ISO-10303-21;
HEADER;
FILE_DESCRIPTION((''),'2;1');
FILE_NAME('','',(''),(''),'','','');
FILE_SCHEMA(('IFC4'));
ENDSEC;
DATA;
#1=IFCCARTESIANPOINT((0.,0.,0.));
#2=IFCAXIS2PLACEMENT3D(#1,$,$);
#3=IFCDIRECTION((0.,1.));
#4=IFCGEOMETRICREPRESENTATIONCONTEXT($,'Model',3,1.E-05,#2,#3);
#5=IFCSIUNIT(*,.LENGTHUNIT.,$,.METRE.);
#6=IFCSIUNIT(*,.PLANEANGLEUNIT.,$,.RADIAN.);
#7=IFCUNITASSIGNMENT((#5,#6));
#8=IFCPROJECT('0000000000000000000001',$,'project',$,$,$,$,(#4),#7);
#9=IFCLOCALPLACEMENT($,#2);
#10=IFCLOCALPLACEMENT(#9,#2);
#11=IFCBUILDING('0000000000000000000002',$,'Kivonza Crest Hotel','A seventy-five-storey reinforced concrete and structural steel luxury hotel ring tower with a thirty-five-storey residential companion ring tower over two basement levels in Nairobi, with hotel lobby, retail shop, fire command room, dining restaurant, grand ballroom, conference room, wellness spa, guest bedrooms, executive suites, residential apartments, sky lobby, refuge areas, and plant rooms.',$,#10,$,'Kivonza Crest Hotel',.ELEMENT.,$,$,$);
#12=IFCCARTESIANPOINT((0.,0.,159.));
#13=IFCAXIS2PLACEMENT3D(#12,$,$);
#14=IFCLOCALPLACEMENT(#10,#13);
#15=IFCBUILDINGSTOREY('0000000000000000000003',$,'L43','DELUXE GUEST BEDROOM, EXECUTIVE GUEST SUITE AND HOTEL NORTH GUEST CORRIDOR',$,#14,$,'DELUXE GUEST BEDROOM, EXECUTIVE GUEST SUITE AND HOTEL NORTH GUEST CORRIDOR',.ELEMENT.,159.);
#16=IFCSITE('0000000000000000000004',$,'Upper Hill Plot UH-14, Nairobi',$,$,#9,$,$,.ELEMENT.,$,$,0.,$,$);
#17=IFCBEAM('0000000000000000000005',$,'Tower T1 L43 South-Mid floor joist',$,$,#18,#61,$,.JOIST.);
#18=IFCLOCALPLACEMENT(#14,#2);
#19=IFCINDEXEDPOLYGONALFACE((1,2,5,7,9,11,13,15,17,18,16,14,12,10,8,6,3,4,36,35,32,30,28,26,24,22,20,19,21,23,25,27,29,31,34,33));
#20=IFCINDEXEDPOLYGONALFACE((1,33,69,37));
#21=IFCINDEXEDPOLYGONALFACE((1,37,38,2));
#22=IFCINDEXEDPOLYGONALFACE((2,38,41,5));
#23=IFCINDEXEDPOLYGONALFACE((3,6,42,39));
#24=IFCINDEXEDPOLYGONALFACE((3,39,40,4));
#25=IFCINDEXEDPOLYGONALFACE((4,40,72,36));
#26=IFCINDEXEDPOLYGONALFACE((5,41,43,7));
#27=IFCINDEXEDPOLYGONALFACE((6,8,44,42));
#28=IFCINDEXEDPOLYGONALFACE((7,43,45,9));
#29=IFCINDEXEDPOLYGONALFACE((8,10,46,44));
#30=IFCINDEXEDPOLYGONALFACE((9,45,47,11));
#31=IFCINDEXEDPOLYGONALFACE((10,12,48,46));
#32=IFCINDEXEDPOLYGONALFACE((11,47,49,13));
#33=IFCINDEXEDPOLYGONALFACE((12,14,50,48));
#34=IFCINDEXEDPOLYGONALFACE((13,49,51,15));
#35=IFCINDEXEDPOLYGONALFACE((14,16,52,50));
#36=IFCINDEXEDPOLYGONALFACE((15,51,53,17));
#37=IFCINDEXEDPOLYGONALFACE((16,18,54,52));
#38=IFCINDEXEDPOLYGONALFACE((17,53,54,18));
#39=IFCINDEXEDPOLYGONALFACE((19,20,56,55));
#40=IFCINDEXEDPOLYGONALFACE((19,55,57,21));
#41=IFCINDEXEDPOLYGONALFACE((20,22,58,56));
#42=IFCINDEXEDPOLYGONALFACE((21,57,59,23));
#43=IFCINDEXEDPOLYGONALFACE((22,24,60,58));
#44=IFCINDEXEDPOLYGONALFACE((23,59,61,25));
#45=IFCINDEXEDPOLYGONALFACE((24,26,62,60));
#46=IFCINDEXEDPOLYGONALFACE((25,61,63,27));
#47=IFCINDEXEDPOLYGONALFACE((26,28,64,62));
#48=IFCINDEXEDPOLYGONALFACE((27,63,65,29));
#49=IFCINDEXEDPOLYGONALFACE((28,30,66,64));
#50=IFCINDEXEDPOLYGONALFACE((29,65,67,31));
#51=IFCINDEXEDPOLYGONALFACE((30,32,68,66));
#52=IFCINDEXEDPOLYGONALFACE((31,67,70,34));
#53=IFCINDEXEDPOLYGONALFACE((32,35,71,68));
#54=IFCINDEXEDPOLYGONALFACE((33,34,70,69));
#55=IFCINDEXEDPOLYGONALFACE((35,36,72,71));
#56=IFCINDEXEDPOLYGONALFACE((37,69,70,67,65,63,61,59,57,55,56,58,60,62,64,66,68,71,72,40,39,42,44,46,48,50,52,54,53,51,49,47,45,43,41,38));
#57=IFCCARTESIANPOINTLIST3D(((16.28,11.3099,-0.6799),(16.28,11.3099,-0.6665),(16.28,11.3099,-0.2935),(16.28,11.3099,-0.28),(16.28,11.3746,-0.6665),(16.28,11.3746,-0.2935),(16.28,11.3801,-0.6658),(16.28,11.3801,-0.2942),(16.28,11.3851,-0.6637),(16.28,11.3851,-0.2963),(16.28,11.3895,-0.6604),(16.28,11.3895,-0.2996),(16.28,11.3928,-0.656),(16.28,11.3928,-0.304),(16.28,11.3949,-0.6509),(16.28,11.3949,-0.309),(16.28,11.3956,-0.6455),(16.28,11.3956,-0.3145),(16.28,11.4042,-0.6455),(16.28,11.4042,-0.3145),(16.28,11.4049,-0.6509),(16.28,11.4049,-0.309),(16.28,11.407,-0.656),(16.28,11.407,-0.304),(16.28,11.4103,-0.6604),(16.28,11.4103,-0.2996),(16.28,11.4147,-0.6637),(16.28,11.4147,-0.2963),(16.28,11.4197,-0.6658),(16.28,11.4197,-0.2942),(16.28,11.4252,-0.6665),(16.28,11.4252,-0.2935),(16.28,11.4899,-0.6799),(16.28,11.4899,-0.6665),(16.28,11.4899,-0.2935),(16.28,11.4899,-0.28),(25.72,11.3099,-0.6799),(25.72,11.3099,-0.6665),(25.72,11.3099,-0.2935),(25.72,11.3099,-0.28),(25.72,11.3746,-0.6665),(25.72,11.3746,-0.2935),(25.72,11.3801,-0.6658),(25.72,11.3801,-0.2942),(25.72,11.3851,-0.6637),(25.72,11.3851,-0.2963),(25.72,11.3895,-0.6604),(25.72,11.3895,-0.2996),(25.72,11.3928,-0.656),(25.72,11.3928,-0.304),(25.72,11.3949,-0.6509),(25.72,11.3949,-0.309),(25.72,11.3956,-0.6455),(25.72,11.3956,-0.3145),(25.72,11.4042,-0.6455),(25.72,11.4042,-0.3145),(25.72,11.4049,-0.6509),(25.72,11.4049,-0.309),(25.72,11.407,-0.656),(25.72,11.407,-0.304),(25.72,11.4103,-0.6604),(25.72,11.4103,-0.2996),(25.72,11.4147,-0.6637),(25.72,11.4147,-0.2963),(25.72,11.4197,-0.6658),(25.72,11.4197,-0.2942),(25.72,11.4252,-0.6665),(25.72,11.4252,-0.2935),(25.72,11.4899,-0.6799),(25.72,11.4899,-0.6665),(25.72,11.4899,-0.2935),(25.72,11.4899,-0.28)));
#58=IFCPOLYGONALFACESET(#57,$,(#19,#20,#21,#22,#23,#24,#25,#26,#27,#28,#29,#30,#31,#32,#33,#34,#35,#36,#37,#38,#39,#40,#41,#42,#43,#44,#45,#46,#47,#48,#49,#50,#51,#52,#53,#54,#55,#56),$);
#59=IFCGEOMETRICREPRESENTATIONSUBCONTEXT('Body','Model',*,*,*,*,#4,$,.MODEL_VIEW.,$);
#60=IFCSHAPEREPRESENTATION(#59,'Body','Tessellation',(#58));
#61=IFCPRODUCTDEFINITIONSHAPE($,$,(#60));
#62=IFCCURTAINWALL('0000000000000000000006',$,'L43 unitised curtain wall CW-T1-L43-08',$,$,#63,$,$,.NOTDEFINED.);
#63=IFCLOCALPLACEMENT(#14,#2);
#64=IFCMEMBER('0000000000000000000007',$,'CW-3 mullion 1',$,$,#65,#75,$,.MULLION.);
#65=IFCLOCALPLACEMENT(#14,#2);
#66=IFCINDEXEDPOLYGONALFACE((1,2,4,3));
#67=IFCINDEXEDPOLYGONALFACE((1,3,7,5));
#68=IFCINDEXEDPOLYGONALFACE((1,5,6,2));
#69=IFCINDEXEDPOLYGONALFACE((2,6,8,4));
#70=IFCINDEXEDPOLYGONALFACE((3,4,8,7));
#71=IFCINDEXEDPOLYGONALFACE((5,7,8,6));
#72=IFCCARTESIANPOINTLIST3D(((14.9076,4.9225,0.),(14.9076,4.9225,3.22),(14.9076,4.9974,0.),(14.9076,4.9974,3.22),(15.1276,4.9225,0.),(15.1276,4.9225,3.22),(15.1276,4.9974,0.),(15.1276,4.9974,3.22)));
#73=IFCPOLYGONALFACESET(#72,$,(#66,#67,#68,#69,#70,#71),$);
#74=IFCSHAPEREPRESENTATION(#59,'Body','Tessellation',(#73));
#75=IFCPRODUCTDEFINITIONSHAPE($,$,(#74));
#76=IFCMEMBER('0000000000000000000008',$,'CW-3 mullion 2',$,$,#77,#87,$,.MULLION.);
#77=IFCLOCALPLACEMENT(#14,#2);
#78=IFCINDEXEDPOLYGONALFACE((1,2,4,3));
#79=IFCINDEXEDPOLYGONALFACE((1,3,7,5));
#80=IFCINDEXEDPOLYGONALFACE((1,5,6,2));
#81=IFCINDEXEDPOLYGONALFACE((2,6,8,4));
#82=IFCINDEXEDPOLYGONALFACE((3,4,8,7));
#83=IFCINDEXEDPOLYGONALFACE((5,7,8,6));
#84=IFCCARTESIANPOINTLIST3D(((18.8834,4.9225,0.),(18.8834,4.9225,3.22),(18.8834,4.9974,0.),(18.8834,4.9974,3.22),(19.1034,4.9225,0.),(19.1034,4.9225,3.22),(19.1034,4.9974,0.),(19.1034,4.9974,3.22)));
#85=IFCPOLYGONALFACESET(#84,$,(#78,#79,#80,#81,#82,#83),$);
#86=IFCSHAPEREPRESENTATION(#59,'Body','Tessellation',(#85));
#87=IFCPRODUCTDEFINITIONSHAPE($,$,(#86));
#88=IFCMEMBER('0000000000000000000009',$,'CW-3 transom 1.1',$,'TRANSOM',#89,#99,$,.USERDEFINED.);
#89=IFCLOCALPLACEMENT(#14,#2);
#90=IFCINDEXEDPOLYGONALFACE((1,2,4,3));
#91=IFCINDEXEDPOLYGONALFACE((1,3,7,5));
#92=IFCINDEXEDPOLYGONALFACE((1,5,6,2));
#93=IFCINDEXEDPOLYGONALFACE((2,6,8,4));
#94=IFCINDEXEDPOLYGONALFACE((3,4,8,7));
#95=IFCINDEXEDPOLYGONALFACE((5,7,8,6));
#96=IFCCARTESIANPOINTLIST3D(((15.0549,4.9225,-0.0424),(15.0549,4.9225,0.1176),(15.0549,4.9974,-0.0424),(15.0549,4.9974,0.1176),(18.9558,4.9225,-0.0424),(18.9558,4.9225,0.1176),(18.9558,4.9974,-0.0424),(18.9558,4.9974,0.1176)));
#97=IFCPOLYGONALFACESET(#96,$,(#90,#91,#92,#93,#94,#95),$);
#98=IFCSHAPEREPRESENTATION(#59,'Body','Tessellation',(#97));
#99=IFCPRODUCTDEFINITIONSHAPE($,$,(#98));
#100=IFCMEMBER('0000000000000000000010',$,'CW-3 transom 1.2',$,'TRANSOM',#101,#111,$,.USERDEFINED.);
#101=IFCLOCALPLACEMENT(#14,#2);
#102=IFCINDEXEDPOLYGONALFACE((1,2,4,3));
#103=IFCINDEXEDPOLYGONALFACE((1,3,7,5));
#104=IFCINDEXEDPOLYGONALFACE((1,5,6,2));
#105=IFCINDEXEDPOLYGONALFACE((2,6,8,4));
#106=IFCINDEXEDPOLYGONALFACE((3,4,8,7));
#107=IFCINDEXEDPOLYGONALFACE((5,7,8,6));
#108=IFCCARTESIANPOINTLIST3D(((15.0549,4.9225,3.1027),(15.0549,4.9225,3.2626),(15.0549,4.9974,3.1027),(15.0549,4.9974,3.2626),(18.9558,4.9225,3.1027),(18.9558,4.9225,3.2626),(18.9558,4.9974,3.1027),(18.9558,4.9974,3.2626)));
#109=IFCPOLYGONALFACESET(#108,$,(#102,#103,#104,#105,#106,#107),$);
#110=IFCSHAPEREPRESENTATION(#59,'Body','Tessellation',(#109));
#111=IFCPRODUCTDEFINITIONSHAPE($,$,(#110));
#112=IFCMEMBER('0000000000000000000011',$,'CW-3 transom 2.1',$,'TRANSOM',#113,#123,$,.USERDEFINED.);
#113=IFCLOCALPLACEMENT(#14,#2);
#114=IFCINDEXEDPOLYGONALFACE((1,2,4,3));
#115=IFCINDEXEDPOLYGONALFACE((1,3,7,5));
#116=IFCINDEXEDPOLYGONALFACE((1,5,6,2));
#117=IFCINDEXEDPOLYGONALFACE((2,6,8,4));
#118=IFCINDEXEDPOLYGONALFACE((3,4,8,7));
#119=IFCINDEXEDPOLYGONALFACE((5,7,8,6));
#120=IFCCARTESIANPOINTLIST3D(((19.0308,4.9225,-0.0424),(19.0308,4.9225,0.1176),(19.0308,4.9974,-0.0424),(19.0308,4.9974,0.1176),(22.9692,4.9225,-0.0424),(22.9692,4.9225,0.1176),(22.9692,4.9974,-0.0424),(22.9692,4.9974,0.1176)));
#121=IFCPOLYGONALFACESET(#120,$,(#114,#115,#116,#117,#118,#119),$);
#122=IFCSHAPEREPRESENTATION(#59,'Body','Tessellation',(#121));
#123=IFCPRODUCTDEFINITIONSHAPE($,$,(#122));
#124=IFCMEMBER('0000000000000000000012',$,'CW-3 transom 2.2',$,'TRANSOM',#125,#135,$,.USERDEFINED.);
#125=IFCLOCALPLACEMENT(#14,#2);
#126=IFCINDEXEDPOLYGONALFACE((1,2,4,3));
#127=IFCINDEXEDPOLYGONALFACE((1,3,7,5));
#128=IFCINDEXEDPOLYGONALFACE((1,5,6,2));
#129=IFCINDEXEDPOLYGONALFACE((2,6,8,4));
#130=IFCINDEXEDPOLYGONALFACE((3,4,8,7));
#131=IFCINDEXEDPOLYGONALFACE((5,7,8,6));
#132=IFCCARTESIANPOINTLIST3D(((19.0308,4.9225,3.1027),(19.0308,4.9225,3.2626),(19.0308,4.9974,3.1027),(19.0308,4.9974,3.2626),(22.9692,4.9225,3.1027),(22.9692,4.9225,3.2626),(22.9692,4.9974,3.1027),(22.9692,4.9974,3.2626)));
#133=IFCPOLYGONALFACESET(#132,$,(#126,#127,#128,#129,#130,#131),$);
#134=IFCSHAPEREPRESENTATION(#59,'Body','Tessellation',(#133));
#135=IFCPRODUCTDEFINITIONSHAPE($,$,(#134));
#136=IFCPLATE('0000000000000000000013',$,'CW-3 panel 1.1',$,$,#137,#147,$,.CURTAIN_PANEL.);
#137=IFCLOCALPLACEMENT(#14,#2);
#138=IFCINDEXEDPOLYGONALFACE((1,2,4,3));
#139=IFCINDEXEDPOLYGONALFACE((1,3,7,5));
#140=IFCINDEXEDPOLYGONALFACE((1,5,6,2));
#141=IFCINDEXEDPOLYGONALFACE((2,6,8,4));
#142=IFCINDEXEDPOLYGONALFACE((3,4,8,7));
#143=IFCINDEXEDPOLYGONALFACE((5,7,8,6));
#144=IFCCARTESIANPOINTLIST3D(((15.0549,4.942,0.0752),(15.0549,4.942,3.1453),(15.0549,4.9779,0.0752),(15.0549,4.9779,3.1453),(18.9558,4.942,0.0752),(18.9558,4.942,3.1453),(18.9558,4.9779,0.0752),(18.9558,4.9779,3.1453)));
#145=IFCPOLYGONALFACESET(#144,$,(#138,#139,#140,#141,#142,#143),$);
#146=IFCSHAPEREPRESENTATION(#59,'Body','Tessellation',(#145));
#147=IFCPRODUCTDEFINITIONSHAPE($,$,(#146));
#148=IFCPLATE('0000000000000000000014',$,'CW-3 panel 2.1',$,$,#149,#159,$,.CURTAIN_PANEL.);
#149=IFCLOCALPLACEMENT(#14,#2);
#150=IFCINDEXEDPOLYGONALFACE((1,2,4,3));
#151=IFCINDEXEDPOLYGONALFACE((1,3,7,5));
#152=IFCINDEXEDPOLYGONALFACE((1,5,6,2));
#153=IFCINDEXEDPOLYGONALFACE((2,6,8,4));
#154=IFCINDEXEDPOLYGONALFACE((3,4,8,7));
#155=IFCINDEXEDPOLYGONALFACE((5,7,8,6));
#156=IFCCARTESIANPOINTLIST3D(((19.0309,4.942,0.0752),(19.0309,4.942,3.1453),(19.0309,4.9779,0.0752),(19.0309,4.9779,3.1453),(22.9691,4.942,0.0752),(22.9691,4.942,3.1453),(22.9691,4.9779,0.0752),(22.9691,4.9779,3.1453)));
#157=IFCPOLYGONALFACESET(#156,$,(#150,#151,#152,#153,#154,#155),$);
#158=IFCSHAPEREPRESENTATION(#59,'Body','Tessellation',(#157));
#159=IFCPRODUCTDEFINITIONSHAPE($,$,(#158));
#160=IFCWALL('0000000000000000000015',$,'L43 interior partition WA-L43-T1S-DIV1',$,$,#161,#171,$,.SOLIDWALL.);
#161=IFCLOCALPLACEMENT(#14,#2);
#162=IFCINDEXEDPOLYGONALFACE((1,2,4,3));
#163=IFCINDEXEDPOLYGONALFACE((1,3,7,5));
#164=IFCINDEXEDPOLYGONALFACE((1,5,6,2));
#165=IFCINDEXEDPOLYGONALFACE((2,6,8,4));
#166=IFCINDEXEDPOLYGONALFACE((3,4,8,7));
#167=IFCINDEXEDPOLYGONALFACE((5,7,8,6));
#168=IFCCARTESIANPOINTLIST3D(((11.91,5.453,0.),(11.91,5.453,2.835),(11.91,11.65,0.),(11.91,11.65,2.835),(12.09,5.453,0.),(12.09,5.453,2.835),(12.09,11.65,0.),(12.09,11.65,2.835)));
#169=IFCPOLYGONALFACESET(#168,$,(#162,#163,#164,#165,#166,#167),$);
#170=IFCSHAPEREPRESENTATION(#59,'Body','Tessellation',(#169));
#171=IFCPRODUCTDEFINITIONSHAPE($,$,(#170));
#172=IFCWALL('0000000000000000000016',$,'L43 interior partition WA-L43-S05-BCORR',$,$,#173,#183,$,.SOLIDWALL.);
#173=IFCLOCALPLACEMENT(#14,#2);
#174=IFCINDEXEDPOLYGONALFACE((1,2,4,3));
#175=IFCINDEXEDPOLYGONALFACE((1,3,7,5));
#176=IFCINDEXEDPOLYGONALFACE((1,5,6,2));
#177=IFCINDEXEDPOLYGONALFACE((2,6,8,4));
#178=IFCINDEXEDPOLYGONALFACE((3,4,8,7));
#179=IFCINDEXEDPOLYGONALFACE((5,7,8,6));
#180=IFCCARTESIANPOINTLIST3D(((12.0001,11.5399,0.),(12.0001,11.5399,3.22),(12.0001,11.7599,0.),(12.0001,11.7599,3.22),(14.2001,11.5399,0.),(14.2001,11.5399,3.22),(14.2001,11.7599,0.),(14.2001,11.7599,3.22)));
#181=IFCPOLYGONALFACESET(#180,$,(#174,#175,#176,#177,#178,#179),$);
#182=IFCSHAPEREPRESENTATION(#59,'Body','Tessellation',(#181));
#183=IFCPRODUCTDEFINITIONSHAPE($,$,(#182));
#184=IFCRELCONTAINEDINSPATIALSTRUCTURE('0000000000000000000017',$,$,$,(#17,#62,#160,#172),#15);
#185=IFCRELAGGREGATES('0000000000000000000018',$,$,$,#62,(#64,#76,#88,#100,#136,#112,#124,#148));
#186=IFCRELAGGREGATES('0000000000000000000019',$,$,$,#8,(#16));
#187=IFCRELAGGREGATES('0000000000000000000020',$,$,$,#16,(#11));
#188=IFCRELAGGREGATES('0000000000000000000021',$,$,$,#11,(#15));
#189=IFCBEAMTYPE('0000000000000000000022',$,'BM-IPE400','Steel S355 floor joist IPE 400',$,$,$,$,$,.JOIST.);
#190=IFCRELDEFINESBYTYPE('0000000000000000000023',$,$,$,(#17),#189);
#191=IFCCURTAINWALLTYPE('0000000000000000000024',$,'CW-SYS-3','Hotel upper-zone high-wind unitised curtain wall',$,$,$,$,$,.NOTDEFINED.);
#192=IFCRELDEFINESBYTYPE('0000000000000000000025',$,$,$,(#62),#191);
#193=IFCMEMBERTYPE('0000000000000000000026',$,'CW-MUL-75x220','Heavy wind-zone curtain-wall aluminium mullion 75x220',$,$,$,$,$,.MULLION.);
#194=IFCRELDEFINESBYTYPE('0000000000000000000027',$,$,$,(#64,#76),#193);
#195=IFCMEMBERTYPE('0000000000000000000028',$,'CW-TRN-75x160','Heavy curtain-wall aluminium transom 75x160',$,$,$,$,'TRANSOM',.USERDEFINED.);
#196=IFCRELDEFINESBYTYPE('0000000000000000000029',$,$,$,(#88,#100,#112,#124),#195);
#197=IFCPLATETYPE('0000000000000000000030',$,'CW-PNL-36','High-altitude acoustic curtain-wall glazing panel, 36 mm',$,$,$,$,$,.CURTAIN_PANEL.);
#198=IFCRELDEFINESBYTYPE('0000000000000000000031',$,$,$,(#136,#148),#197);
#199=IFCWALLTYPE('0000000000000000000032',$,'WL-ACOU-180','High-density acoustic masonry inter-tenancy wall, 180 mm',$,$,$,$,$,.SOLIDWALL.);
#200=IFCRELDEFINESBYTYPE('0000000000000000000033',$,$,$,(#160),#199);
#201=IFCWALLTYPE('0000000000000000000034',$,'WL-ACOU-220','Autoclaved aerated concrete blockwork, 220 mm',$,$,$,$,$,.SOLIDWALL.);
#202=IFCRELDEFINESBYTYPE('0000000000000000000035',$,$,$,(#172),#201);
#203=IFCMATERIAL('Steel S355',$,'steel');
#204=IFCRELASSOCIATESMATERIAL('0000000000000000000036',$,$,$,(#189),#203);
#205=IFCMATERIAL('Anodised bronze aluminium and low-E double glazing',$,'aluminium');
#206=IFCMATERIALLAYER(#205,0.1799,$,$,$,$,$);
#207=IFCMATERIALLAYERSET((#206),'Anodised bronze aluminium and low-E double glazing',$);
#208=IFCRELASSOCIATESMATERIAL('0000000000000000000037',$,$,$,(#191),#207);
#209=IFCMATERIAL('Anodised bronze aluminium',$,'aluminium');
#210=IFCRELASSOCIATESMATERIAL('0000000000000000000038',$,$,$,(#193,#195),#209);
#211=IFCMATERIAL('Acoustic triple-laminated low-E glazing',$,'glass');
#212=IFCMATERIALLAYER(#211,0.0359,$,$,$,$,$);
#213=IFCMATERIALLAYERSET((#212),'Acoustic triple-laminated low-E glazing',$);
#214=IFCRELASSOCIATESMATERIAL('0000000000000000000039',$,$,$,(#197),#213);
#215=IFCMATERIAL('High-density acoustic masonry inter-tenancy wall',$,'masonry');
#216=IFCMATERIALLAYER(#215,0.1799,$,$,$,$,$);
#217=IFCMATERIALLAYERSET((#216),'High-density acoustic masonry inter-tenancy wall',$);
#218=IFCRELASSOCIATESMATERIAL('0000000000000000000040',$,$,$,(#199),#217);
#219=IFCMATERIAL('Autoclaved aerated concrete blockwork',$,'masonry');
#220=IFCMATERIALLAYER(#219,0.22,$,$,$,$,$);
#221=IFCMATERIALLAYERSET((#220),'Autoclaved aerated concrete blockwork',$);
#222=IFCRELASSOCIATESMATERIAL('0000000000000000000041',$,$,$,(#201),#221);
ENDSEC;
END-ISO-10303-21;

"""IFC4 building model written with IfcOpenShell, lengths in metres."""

from ifc_helpers import new_model, si_unit, direction, frame, frame_2d, origin, origin_2d, place, context, subcontext, project, spatial, rectangle, i_section, extrude, material, layer, layer_set, material_profile, profile_set, type_object, element, aggregate, save


model = new_model("IFC4")

# Units and contexts
model_context = context("Model", 3, precision=1e-05, world=origin(), true_north=direction((0.0, 1.0)))
body_context = subcontext(model_context, "Body", "Model", "MODEL_VIEW")
ifc_project = project(units=[si_unit("LENGTHUNIT", "METRE"), si_unit("PLANEANGLEUNIT", "RADIAN")], contexts=[model_context])

# Site, building, storey
site_placement = place(None, origin())
site = spatial("IfcSite", under=ifc_project, at=site_placement, Name="Upper Hill Plot UH-14, Nairobi", CompositionType="ELEMENT", RefElevation=0.0)
building_placement = place(site_placement, origin())
building = spatial("IfcBuilding", under=site, at=building_placement, Name="Kivonza Crest Hotel", Description="A seventy-five-storey reinforced concrete and structural steel luxury hotel ring tower with a thirty-five-storey residential companion ring tower over two basement levels in Nairobi, with hotel lobby, retail shop, fire command room, dining restaurant, grand ballroom, conference room, wellness spa, guest bedrooms, executive suites, residential apartments, sky lobby, refuge areas, and plant rooms.", LongName="Kivonza Crest Hotel", CompositionType="ELEMENT")
storey_placement = place(building_placement, frame((0.0, 0.0, 159.0)))
storey = spatial("IfcBuildingStorey", under=building, at=storey_placement, Name="L43", Description="DELUXE GUEST BEDROOM, EXECUTIVE GUEST SUITE AND HOTEL NORTH GUEST CORRIDOR", LongName="DELUXE GUEST BEDROOM, EXECUTIVE GUEST SUITE AND HOTEL NORTH GUEST CORRIDOR", CompositionType="ELEMENT", Elevation=159.0)

# Beam
ifc_material_1 = material(Name="Steel S355", Category="steel")
ifc_material_profile_1 = material_profile(ifc_material_1, i_section(OverallWidth=0.1799, OverallDepth=0.3999, WebThickness=0.0085, FlangeThickness=0.0134, FilletRadius=0.021, at=origin_2d()), Name="IPE 400")
ifc_profile_set_1 = profile_set([ifc_material_profile_1], Name="Steel S355")
beam_type_1 = type_object("IfcBeamType", Name="BM-IPE400", Description="Steel S355 floor joist IPE 400", PredefinedType="JOIST", material=ifc_profile_set_1)
beam_1_placement = place(storey_placement, frame((16.28, 11.3999, -0.48), z_axis=(1.0, 0.0, 0.0), x_axis=(0.0, 1.0, 0.0)))
element("IfcBeam", 1, at=beam_1_placement, inside=storey, type_object=beam_type_1, Name="Tower T1 L43 South-Mid floor joist", PredefinedType="JOIST", context=body_context, shape_type="SweptSolid", body=[
    extrude(i_section(OverallWidth=0.1799, OverallDepth=0.3999, WebThickness=0.0085, FlangeThickness=0.0134, FilletRadius=0.021, at=origin_2d()), origin(), (0.0, 0.0, 1.0), 9.4399),
])

# Curtain wall, members, plates
ifc_material_2 = material(Name="Anodised bronze aluminium and low-E double glazing", Category="aluminium")
ifc_layer_1 = layer(ifc_material_2, 0.1799)
ifc_layer_set_1 = layer_set([ifc_layer_1], Name="Anodised bronze aluminium and low-E double glazing")
curtain_wall_type = type_object("IfcCurtainWallType", Name="CW-SYS-3", Description="Hotel upper-zone high-wind unitised curtain wall", PredefinedType="NOTDEFINED", material=ifc_layer_set_1)
curtain_wall_placement = place(storey_placement, origin())
curtain_wall = element("IfcCurtainWall", 2, at=curtain_wall_placement, inside=storey, type_object=curtain_wall_type, Name="L43 unitised curtain wall CW-T1-L43-08", PredefinedType="NOTDEFINED")
ifc_material_3 = material(Name="Anodised bronze aluminium", Category="aluminium")
ifc_material_profile_2 = material_profile(ifc_material_3, rectangle(XDim=0.075, YDim=0.22, at=origin_2d()), Name="CW-M 75x220")
ifc_profile_set_2 = profile_set([ifc_material_profile_2], Name="Anodised bronze aluminium")
member_type_1 = type_object("IfcMemberType", Name="CW-MUL-75x220", Description="Heavy wind-zone curtain-wall aluminium mullion 75x220", PredefinedType="MULLION", material=ifc_profile_set_2)
member_1_placement = place(storey_placement, frame((15.0176, 4.96, 0.0), z_axis=(0.0, 0.0, 1.0), x_axis=(0.0, 1.0, 0.0)))
member_1 = element("IfcMember", 3, at=member_1_placement, type_object=member_type_1, Name="CW-3 mullion 1", PredefinedType="MULLION", context=body_context, shape_type="SweptSolid", body=[
    extrude(rectangle(XDim=0.075, YDim=0.22, at=origin_2d()), origin(), (0.0, 0.0, 1.0), 3.22),
])
member_2_placement = place(storey_placement, frame((18.9934, 4.96, 0.0), z_axis=(0.0, 0.0, 1.0), x_axis=(0.0, 1.0, 0.0)))
member_2 = element("IfcMember", 4, at=member_2_placement, type_object=member_type_1, Name="CW-3 mullion 2", PredefinedType="MULLION", context=body_context, shape_type="SweptSolid", body=[
    extrude(rectangle(XDim=0.075, YDim=0.22, at=origin_2d()), origin(), (0.0, 0.0, 1.0), 3.22),
])
ifc_material_profile_3 = material_profile(ifc_material_3, rectangle(XDim=0.075, YDim=0.1599, at=origin_2d()), Name="CW-T 75x160")
ifc_profile_set_3 = profile_set([ifc_material_profile_3], Name="Anodised bronze aluminium")
member_type_2 = type_object("IfcMemberType", Name="CW-TRN-75x160", Description="Heavy curtain-wall aluminium transom 75x160", ElementType="TRANSOM", PredefinedType="USERDEFINED", material=ifc_profile_set_3)
member_3_placement = place(storey_placement, frame((15.0549, 4.96, 0.0376), z_axis=(1.0, 0.0, 0.0), x_axis=(0.0, 1.0, 0.0)))
member_3 = element("IfcMember", 5, at=member_3_placement, type_object=member_type_2, Name="CW-3 transom 1.1", ObjectType="TRANSOM", PredefinedType="USERDEFINED", context=body_context, shape_type="SweptSolid", body=[
    extrude(rectangle(XDim=0.075, YDim=0.1599, at=origin_2d()), origin(), (0.0, 0.0, 1.0), 3.9009),
])
member_4_placement = place(storey_placement, frame((15.0549, 4.96, 3.1826), z_axis=(1.0, 0.0, 0.0), x_axis=(0.0, 1.0, 0.0)))
member_4 = element("IfcMember", 6, at=member_4_placement, type_object=member_type_2, Name="CW-3 transom 1.2", ObjectType="TRANSOM", PredefinedType="USERDEFINED", context=body_context, shape_type="SweptSolid", body=[
    extrude(rectangle(XDim=0.075, YDim=0.1599, at=origin_2d()), origin(), (0.0, 0.0, 1.0), 3.9009),
])
member_5_placement = place(storey_placement, frame((19.0308, 4.96, 0.0376), z_axis=(1.0, 0.0, 0.0), x_axis=(0.0, 1.0, 0.0)))
member_5 = element("IfcMember", 7, at=member_5_placement, type_object=member_type_2, Name="CW-3 transom 2.1", ObjectType="TRANSOM", PredefinedType="USERDEFINED", context=body_context, shape_type="SweptSolid", body=[
    extrude(rectangle(XDim=0.075, YDim=0.1599, at=origin_2d()), origin(), (0.0, 0.0, 1.0), 3.9385),
])
member_6_placement = place(storey_placement, frame((19.0308, 4.96, 3.1826), z_axis=(1.0, 0.0, 0.0), x_axis=(0.0, 1.0, 0.0)))
member_6 = element("IfcMember", 8, at=member_6_placement, type_object=member_type_2, Name="CW-3 transom 2.2", ObjectType="TRANSOM", PredefinedType="USERDEFINED", context=body_context, shape_type="SweptSolid", body=[
    extrude(rectangle(XDim=0.075, YDim=0.1599, at=origin_2d()), origin(), (0.0, 0.0, 1.0), 3.9385),
])
ifc_material_4 = material(Name="Acoustic triple-laminated low-E glazing", Category="glass")
ifc_layer_2 = layer(ifc_material_4, 0.0359)
ifc_layer_set_2 = layer_set([ifc_layer_2], Name="Acoustic triple-laminated low-E glazing")
plate_type = type_object("IfcPlateType", Name="CW-PNL-36", Description="High-altitude acoustic curtain-wall glazing panel, 36 mm", PredefinedType="CURTAIN_PANEL", material=ifc_layer_set_2)
plate_1_placement = place(storey_placement, frame((17.0054, 4.96, 0.0752), z_axis=(0.0, 0.0, 1.0), x_axis=(1.0, 0.0, 0.0)))
plate_1 = element("IfcPlate", 9, at=plate_1_placement, type_object=plate_type, Name="CW-3 panel 1.1", PredefinedType="CURTAIN_PANEL", context=body_context, shape_type="SweptSolid", body=[
    extrude(rectangle(XDim=3.9009, YDim=0.0359, at=origin_2d()), origin(), (0.0, 0.0, 1.0), 3.0701),
])
plate_2_placement = place(storey_placement, frame((21.0, 4.96, 0.0752), z_axis=(0.0, 0.0, 1.0), x_axis=(1.0, 0.0, 0.0)))
plate_2 = element("IfcPlate", 10, at=plate_2_placement, type_object=plate_type, Name="CW-3 panel 2.1", PredefinedType="CURTAIN_PANEL", context=body_context, shape_type="SweptSolid", body=[
    extrude(rectangle(XDim=3.9382, YDim=0.0359, at=origin_2d()), origin(), (0.0, 0.0, 1.0), 3.0701),
])
aggregate(curtain_wall, [member_1, member_2, member_3, member_4, plate_1, member_5, member_6, plate_2])

# Walls
ifc_material_5 = material(Name="High-density acoustic masonry inter-tenancy wall", Category="masonry")
ifc_layer_3 = layer(ifc_material_5, 0.1799)
ifc_layer_set_3 = layer_set([ifc_layer_3], Name="High-density acoustic masonry inter-tenancy wall")
wall_type_1 = type_object("IfcWallType", Name="WL-ACOU-180", Description="High-density acoustic masonry inter-tenancy wall, 180 mm", PredefinedType="SOLIDWALL", material=ifc_layer_set_3)
wall_1_placement = place(storey_placement, frame((12.0, 5.4529, 0.0), z_axis=(0.0, 0.0, 1.0), x_axis=(0.0, 1.0, 0.0)))
element("IfcWall", 11, at=wall_1_placement, inside=storey, type_object=wall_type_1, Name="L43 interior partition WA-L43-T1S-DIV1", PredefinedType="SOLIDWALL", context=body_context, shape_type="SweptSolid", body=[
    extrude(rectangle(XDim=6.197, YDim=0.1799, at=frame_2d((3.0986, 0.0))), origin(), (0.0, 0.0, 1.0), 2.835),
])
ifc_material_6 = material(Name="Autoclaved aerated concrete blockwork", Category="masonry")
ifc_layer_4 = layer(ifc_material_6, 0.22)
ifc_layer_set_4 = layer_set([ifc_layer_4], Name="Autoclaved aerated concrete blockwork")
wall_type_2 = type_object("IfcWallType", Name="WL-ACOU-220", Description="Autoclaved aerated concrete blockwork, 220 mm", PredefinedType="SOLIDWALL", material=ifc_layer_set_4)
wall_2_placement = place(storey_placement, frame((12.0, 11.6499, 0.0), z_axis=(0.0, 0.0, 1.0), x_axis=(1.0, 0.0, 0.0)))
element("IfcWall", 12, at=wall_2_placement, inside=storey, type_object=wall_type_2, Name="L43 interior partition WA-L43-S05-BCORR", PredefinedType="SOLIDWALL", context=body_context, shape_type="SweptSolid", body=[
    extrude(rectangle(XDim=2.2, YDim=0.22, at=frame_2d((1.1001, 0.0))), origin(), (0.0, 0.0, 1.0), 3.22),
])

save(model, "model.ifc")
